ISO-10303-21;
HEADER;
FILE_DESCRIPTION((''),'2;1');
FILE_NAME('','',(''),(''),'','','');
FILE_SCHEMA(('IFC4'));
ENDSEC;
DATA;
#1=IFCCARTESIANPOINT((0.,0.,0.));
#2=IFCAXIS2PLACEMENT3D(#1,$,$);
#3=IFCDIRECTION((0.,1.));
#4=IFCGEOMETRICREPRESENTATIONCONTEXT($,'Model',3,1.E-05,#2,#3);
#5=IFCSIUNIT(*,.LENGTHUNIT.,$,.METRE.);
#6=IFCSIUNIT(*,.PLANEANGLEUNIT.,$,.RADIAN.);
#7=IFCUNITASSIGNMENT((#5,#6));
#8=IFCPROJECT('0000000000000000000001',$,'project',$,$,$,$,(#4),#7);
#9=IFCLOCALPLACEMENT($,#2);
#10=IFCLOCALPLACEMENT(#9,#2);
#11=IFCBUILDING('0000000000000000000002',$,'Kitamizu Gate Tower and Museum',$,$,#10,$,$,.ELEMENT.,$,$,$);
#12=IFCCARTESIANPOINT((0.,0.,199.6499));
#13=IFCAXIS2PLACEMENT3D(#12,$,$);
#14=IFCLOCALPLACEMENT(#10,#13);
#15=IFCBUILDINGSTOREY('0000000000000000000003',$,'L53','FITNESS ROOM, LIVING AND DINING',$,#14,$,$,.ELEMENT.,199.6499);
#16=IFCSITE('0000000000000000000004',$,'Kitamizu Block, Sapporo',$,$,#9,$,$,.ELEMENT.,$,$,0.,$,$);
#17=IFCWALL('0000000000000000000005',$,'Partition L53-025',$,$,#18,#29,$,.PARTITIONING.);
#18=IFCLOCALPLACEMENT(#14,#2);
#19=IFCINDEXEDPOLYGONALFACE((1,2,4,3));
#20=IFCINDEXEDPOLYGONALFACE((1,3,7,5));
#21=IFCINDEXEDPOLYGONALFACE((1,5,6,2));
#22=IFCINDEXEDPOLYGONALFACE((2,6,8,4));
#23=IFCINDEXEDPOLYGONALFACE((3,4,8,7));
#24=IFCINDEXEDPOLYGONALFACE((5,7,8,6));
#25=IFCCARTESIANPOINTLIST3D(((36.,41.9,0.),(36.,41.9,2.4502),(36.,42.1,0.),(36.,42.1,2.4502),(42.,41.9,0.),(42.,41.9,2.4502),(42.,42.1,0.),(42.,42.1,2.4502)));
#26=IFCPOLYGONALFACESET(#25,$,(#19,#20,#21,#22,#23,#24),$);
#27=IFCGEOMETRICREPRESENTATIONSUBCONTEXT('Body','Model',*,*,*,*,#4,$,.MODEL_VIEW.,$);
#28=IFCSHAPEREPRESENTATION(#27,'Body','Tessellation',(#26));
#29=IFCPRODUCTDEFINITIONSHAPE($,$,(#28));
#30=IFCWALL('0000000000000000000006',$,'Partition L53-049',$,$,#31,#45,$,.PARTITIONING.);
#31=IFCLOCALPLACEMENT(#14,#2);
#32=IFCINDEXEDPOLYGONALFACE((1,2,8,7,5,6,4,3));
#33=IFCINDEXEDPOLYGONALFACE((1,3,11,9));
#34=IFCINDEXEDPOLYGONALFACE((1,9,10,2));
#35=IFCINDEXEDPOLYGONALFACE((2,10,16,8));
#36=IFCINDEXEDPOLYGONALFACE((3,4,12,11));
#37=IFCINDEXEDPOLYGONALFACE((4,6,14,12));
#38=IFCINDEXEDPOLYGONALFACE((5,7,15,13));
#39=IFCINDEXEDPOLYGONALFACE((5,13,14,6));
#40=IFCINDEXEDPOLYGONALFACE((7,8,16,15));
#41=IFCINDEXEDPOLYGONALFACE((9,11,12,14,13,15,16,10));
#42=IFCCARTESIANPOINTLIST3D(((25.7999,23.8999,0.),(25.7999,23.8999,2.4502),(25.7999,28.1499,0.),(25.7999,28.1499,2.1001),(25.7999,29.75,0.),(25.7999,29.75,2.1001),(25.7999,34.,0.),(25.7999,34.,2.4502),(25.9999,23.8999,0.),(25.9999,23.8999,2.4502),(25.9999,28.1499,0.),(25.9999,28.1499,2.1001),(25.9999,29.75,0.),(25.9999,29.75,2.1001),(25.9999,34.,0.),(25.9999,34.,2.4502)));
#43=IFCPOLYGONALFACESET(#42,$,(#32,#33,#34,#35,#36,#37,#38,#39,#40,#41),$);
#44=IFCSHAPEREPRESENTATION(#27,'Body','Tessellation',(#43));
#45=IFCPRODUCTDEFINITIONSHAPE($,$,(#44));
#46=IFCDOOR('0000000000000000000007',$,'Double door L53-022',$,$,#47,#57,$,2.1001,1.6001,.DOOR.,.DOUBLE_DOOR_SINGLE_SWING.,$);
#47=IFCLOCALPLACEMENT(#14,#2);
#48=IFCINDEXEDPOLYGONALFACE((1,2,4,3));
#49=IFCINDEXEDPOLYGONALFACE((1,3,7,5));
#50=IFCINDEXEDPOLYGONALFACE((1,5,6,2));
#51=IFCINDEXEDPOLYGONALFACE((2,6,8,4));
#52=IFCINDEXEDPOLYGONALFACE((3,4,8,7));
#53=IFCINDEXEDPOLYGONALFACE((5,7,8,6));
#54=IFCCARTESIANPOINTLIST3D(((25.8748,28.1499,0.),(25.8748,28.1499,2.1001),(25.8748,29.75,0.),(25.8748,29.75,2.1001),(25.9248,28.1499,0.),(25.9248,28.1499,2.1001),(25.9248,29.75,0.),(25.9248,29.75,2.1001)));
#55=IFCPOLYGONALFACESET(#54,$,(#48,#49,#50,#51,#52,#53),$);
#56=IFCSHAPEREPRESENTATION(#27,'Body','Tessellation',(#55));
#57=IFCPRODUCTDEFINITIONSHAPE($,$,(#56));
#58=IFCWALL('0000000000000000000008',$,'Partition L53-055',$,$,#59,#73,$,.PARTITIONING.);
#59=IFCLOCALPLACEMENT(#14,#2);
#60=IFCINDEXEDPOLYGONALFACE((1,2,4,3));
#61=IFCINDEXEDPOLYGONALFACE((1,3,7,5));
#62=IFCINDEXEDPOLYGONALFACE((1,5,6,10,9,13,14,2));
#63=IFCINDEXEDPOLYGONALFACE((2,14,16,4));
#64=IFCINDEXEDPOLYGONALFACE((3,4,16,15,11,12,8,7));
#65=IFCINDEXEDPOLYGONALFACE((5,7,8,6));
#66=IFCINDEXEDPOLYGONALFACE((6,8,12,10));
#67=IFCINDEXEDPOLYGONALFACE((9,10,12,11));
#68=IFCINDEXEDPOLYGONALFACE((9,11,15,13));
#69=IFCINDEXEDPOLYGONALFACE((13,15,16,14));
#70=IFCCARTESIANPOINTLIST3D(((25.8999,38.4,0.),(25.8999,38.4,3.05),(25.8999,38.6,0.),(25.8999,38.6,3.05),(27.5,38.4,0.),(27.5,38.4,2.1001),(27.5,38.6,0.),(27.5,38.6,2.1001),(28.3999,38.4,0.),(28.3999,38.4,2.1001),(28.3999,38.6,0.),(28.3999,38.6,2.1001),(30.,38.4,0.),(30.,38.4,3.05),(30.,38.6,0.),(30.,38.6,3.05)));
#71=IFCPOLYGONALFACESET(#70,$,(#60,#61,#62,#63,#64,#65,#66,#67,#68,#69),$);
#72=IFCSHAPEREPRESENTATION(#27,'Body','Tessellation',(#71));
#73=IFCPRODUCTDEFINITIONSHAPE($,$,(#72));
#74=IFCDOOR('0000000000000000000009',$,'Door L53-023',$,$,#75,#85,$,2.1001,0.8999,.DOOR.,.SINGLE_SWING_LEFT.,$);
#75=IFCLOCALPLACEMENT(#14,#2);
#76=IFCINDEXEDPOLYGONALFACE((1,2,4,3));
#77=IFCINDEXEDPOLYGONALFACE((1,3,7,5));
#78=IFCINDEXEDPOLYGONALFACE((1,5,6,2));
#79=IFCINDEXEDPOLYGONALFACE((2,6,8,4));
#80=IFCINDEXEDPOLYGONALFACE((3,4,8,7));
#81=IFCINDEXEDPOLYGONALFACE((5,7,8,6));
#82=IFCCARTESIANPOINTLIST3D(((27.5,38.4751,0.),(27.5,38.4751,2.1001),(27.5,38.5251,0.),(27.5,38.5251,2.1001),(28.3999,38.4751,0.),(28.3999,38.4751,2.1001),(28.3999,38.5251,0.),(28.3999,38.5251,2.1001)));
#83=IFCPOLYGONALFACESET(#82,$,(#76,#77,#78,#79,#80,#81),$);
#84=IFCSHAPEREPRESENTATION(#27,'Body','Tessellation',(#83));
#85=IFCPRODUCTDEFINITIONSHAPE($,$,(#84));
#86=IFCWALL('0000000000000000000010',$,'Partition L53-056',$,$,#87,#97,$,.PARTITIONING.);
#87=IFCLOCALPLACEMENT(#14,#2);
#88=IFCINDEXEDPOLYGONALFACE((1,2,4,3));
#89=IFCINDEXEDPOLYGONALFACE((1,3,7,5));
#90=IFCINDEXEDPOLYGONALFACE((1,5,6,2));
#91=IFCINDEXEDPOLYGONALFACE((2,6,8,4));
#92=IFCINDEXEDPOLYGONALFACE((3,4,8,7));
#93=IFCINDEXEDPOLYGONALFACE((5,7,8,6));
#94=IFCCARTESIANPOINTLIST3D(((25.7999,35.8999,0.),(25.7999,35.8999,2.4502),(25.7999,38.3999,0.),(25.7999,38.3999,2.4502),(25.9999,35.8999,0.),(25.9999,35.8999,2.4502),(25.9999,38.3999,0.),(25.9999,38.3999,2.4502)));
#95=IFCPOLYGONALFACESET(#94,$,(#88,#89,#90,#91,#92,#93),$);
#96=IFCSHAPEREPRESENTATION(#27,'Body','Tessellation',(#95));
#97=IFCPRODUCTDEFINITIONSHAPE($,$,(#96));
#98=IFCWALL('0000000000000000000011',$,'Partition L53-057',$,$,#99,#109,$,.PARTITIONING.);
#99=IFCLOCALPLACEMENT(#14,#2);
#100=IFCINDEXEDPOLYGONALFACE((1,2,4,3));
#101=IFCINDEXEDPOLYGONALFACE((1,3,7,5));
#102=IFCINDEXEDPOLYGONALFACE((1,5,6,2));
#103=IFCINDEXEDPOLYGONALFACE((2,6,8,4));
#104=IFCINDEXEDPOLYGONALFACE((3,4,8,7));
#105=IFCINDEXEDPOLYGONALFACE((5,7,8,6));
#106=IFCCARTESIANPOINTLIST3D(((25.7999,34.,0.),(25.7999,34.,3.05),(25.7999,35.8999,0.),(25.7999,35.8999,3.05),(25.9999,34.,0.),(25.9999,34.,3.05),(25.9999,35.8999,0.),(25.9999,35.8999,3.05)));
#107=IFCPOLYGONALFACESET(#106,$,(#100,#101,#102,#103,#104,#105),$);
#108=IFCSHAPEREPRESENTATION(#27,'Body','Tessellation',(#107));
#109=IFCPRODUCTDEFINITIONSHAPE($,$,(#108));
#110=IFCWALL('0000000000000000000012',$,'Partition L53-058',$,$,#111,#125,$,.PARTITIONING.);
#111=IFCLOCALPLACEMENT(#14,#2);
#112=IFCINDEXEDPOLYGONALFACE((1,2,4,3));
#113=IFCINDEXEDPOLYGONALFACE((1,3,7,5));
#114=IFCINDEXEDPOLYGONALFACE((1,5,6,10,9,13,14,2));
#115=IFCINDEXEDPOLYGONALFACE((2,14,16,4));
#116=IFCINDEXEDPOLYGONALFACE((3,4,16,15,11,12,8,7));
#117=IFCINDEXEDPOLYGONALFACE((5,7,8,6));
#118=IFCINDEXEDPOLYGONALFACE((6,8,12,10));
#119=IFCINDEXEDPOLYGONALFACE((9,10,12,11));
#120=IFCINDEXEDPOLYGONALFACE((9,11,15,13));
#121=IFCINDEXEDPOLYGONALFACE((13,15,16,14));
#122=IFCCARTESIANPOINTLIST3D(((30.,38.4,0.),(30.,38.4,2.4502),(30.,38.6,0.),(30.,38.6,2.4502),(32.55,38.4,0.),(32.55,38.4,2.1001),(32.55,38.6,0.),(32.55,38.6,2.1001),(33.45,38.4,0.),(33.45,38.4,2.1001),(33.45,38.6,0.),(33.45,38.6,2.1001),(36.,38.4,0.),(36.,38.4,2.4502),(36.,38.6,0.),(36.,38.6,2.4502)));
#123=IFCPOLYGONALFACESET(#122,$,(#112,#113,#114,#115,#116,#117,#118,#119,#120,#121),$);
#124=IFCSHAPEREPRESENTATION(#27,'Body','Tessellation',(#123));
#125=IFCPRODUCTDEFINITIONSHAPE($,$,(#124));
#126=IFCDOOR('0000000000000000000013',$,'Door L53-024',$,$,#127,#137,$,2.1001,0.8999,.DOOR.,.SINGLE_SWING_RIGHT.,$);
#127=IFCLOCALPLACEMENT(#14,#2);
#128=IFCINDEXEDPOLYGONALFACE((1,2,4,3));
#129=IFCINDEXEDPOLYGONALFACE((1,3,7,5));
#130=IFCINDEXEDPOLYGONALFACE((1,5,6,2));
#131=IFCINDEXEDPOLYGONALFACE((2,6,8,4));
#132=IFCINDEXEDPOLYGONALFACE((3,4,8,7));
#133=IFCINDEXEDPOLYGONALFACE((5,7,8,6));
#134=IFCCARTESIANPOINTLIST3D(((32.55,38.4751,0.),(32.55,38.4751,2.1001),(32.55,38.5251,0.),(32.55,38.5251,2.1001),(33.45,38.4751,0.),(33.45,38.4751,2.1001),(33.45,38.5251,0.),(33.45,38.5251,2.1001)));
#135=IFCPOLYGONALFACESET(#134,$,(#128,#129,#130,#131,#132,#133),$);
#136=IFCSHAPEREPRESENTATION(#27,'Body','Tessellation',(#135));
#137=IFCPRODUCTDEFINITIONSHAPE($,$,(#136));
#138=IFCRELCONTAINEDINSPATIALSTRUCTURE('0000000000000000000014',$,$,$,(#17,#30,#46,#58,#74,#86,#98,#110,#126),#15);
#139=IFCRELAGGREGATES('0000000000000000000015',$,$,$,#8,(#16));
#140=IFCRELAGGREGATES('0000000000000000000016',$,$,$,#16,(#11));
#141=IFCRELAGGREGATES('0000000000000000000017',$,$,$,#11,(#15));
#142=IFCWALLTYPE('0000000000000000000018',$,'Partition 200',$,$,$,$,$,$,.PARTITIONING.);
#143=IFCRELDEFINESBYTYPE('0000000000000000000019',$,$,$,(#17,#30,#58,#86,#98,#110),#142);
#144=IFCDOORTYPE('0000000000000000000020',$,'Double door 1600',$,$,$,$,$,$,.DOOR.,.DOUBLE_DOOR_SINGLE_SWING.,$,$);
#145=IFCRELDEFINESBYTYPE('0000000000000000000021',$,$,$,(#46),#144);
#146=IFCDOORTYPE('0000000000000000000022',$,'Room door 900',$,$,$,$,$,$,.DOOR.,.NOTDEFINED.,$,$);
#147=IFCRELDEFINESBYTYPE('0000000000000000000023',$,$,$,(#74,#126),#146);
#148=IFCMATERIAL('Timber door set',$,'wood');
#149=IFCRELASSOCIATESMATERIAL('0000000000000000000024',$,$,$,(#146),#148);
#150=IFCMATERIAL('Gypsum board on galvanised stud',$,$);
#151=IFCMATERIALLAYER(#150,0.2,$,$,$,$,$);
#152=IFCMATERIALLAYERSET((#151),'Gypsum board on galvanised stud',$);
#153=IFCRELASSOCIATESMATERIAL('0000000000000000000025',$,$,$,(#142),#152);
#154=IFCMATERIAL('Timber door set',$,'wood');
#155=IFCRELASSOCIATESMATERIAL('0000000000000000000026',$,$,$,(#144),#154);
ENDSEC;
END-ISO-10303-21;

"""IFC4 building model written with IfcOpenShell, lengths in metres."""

from ifc_helpers import new_model, si_unit, direction, frame, frame_2d, origin, place, context, subcontext, project, spatial, rectangle, extrude, material, layer, layer_set, type_object, element, fill, save


model = new_model("IFC4")

# Units and contexts
model_context = context("Model", 3, precision=1e-05, world=origin(), true_north=direction((0.0, 1.0)))
body_context = subcontext(model_context, "Body", "Model", "MODEL_VIEW")
ifc_project = project(units=[si_unit("LENGTHUNIT", "METRE"), si_unit("PLANEANGLEUNIT", "RADIAN")], contexts=[model_context])

# Site, building, storey
site_placement = place(None, origin())
site = spatial("IfcSite", under=ifc_project, at=site_placement, Name="Kitamizu Block, Sapporo", CompositionType="ELEMENT", RefElevation=0.0)
building_placement = place(site_placement, origin())
building = spatial("IfcBuilding", under=site, at=building_placement, Name="Kitamizu Gate Tower and Museum", CompositionType="ELEMENT")
storey_placement = place(building_placement, frame((0.0, 0.0, 199.6499)))
storey = spatial("IfcBuildingStorey", under=building, at=storey_placement, Name="L53", Description="FITNESS ROOM, LIVING AND DINING", CompositionType="ELEMENT", Elevation=199.6499)

# Shared definitions
ifc_material_1 = material(Name="Timber door set", Category="wood")
door_type_1 = type_object("IfcDoorType", Name="Room door 900", OperationType="NOTDEFINED", PredefinedType="DOOR", material=ifc_material_1)

# Wall
ifc_material_2 = material(Name="Gypsum board on galvanised stud")
ifc_layer_1 = layer(ifc_material_2, 0.2)
ifc_layer_set_1 = layer_set([ifc_layer_1], Name="Gypsum board on galvanised stud")
wall_type_1 = type_object("IfcWallType", Name="Partition 200", PredefinedType="PARTITIONING", material=ifc_layer_set_1)
wall_1_placement = place(storey_placement, frame((36.0, 42.0, 0.0), z_axis=(0.0, 0.0, 1.0), x_axis=(1.0, 0.0, 0.0)))
element("IfcWall", 1, at=wall_1_placement, inside=storey, type_object=wall_type_1, Name="Partition L53-025", PredefinedType="PARTITIONING", context=body_context, shape_type="SweptSolid", body=[
    extrude(rectangle(XDim=6.0, YDim=0.2, at=frame_2d((3.0, 0.0))), origin(), (0.0, 0.0, 1.0), 2.4502),
])

# Walls, openings, doors
wall_2_placement = place(storey_placement, frame((25.8999, 34.0, 0.0), z_axis=(0.0, 0.0, 1.0), x_axis=(0.0, -1.0, 0.0)))
wall_2 = element("IfcWall", 2, at=wall_2_placement, inside=storey, type_object=wall_type_1, Name="Partition L53-049", PredefinedType="PARTITIONING", context=body_context, shape_type="SweptSolid", body=[
    extrude(rectangle(XDim=10.1001, YDim=0.2, at=frame_2d((5.05, 0.0))), origin(), (0.0, 0.0, 1.0), 2.4502),
])
opening_1_placement = place(wall_2_placement, frame((4.25, 0.0, 0.0)))
opening_1 = element("IfcOpeningElement", 3, at=opening_1_placement, cuts=wall_2, PredefinedType="OPENING", context=body_context, shape_type="SweptSolid", body=[
    extrude(rectangle(XDim=1.6001, YDim=2.1001, at=frame_2d((0.8, 1.05))), frame((0.0, 0.1099, 0.0), z_axis=(0.0, -1.0, 0.0), x_axis=(1.0, 0.0, 0.0)), (0.0, 0.0, 1.0), 0.22),
])
ifc_material_3 = material(Name="Timber door set", Category="wood")
door_type_2 = type_object("IfcDoorType", Name="Double door 1600", OperationType="DOUBLE_DOOR_SINGLE_SWING", PredefinedType="DOOR", material=ifc_material_3)
door_1_placement = place(opening_1_placement, origin())
door_1 = element("IfcDoor", 4, at=door_1_placement, inside=storey, type_object=door_type_2, Name="Double door L53-022", OperationType="DOUBLE_DOOR_SINGLE_SWING", OverallHeight=2.1001, OverallWidth=1.6001, PredefinedType="DOOR", context=body_context, shape_type="SweptSolid", body=[
    extrude(rectangle(XDim=1.6001, YDim=2.1001, at=frame_2d((0.8, 1.05))), frame((0.0, 0.0249, 0.0), z_axis=(0.0, -1.0, 0.0), x_axis=(1.0, 0.0, 0.0)), (0.0, 0.0, 1.0), 0.05),
])
fill(opening_1, door_1)
wall_3_placement = place(storey_placement, frame((30.0, 38.5, 0.0), z_axis=(0.0, 0.0, 1.0), x_axis=(-1.0, 0.0, 0.0)))
wall_3 = element("IfcWall", 5, at=wall_3_placement, inside=storey, type_object=wall_type_1, Name="Partition L53-055", PredefinedType="PARTITIONING", context=body_context, shape_type="SweptSolid", body=[
    extrude(rectangle(XDim=4.1001, YDim=0.2, at=frame_2d((2.05, 0.0))), origin(), (0.0, 0.0, 1.0), 3.05),
])
opening_2_placement = place(wall_3_placement, frame((1.6001, 0.0, 0.0)))
opening_2 = element("IfcOpeningElement", 6, at=opening_2_placement, cuts=wall_3, PredefinedType="OPENING", context=body_context, shape_type="SweptSolid", body=[
    extrude(rectangle(XDim=0.8999, YDim=2.1001, at=frame_2d((0.45, 1.05))), frame((0.0, 0.1099, 0.0), z_axis=(0.0, -1.0, 0.0), x_axis=(1.0, 0.0, 0.0)), (0.0, 0.0, 1.0), 0.22),
])
door_2_placement = place(opening_2_placement, origin())
door_2 = element("IfcDoor", 7, at=door_2_placement, inside=storey, type_object=door_type_1, Name="Door L53-023", OperationType="SINGLE_SWING_LEFT", OverallHeight=2.1001, OverallWidth=0.8999, PredefinedType="DOOR", context=body_context, shape_type="SweptSolid", body=[
    extrude(rectangle(XDim=0.8999, YDim=2.1001, at=frame_2d((0.45, 1.05))), frame((0.0, 0.0249, 0.0), z_axis=(0.0, -1.0, 0.0), x_axis=(1.0, 0.0, 0.0)), (0.0, 0.0, 1.0), 0.05),
])
fill(opening_2, door_2)

# Walls
wall_4_placement = place(storey_placement, frame((25.8999, 38.3999, 0.0), z_axis=(0.0, 0.0, 1.0), x_axis=(0.0, -1.0, 0.0)))
element("IfcWall", 8, at=wall_4_placement, inside=storey, type_object=wall_type_1, Name="Partition L53-056", PredefinedType="PARTITIONING", context=body_context, shape_type="SweptSolid", body=[
    extrude(rectangle(XDim=2.5, YDim=0.2, at=frame_2d((1.25, 0.0))), origin(), (0.0, 0.0, 1.0), 2.4502),
])
wall_5_placement = place(storey_placement, frame((25.8999, 35.8999, 0.0), z_axis=(0.0, 0.0, 1.0), x_axis=(0.0, -1.0, 0.0)))
element("IfcWall", 9, at=wall_5_placement, inside=storey, type_object=wall_type_1, Name="Partition L53-057", PredefinedType="PARTITIONING", context=body_context, shape_type="SweptSolid", body=[
    extrude(rectangle(XDim=1.8999, YDim=0.2, at=frame_2d((0.95, 0.0))), origin(), (0.0, 0.0, 1.0), 3.05),
])

# Wall, opening, door
wall_6_placement = place(storey_placement, frame((36.0, 38.5, 0.0), z_axis=(0.0, 0.0, 1.0), x_axis=(-1.0, 0.0, 0.0)))
wall_6 = element("IfcWall", 10, at=wall_6_placement, inside=storey, type_object=wall_type_1, Name="Partition L53-058", PredefinedType="PARTITIONING", context=body_context, shape_type="SweptSolid", body=[
    extrude(rectangle(XDim=6.0, YDim=0.2, at=frame_2d((3.0, 0.0))), origin(), (0.0, 0.0, 1.0), 2.4502),
])
opening_3_placement = place(wall_6_placement, frame((2.55, 0.0, 0.0)))
opening_3 = element("IfcOpeningElement", 11, at=opening_3_placement, cuts=wall_6, PredefinedType="OPENING", context=body_context, shape_type="SweptSolid", body=[
    extrude(rectangle(XDim=0.8999, YDim=2.1001, at=frame_2d((0.45, 1.05))), frame((0.0, 0.1099, 0.0), z_axis=(0.0, -1.0, 0.0), x_axis=(1.0, 0.0, 0.0)), (0.0, 0.0, 1.0), 0.22),
])
door_3_placement = place(opening_3_placement, origin())
door_3 = element("IfcDoor", 12, at=door_3_placement, inside=storey, type_object=door_type_1, Name="Door L53-024", OperationType="SINGLE_SWING_RIGHT", OverallHeight=2.1001, OverallWidth=0.8999, PredefinedType="DOOR", context=body_context, shape_type="SweptSolid", body=[
    extrude(rectangle(XDim=0.8999, YDim=2.1001, at=frame_2d((0.45, 1.05))), frame((0.0, 0.0249, 0.0), z_axis=(0.0, -1.0, 0.0), x_axis=(1.0, 0.0, 0.0)), (0.0, 0.0, 1.0), 0.05),
])
fill(opening_3, door_3)

save(model, "model.ifc")
